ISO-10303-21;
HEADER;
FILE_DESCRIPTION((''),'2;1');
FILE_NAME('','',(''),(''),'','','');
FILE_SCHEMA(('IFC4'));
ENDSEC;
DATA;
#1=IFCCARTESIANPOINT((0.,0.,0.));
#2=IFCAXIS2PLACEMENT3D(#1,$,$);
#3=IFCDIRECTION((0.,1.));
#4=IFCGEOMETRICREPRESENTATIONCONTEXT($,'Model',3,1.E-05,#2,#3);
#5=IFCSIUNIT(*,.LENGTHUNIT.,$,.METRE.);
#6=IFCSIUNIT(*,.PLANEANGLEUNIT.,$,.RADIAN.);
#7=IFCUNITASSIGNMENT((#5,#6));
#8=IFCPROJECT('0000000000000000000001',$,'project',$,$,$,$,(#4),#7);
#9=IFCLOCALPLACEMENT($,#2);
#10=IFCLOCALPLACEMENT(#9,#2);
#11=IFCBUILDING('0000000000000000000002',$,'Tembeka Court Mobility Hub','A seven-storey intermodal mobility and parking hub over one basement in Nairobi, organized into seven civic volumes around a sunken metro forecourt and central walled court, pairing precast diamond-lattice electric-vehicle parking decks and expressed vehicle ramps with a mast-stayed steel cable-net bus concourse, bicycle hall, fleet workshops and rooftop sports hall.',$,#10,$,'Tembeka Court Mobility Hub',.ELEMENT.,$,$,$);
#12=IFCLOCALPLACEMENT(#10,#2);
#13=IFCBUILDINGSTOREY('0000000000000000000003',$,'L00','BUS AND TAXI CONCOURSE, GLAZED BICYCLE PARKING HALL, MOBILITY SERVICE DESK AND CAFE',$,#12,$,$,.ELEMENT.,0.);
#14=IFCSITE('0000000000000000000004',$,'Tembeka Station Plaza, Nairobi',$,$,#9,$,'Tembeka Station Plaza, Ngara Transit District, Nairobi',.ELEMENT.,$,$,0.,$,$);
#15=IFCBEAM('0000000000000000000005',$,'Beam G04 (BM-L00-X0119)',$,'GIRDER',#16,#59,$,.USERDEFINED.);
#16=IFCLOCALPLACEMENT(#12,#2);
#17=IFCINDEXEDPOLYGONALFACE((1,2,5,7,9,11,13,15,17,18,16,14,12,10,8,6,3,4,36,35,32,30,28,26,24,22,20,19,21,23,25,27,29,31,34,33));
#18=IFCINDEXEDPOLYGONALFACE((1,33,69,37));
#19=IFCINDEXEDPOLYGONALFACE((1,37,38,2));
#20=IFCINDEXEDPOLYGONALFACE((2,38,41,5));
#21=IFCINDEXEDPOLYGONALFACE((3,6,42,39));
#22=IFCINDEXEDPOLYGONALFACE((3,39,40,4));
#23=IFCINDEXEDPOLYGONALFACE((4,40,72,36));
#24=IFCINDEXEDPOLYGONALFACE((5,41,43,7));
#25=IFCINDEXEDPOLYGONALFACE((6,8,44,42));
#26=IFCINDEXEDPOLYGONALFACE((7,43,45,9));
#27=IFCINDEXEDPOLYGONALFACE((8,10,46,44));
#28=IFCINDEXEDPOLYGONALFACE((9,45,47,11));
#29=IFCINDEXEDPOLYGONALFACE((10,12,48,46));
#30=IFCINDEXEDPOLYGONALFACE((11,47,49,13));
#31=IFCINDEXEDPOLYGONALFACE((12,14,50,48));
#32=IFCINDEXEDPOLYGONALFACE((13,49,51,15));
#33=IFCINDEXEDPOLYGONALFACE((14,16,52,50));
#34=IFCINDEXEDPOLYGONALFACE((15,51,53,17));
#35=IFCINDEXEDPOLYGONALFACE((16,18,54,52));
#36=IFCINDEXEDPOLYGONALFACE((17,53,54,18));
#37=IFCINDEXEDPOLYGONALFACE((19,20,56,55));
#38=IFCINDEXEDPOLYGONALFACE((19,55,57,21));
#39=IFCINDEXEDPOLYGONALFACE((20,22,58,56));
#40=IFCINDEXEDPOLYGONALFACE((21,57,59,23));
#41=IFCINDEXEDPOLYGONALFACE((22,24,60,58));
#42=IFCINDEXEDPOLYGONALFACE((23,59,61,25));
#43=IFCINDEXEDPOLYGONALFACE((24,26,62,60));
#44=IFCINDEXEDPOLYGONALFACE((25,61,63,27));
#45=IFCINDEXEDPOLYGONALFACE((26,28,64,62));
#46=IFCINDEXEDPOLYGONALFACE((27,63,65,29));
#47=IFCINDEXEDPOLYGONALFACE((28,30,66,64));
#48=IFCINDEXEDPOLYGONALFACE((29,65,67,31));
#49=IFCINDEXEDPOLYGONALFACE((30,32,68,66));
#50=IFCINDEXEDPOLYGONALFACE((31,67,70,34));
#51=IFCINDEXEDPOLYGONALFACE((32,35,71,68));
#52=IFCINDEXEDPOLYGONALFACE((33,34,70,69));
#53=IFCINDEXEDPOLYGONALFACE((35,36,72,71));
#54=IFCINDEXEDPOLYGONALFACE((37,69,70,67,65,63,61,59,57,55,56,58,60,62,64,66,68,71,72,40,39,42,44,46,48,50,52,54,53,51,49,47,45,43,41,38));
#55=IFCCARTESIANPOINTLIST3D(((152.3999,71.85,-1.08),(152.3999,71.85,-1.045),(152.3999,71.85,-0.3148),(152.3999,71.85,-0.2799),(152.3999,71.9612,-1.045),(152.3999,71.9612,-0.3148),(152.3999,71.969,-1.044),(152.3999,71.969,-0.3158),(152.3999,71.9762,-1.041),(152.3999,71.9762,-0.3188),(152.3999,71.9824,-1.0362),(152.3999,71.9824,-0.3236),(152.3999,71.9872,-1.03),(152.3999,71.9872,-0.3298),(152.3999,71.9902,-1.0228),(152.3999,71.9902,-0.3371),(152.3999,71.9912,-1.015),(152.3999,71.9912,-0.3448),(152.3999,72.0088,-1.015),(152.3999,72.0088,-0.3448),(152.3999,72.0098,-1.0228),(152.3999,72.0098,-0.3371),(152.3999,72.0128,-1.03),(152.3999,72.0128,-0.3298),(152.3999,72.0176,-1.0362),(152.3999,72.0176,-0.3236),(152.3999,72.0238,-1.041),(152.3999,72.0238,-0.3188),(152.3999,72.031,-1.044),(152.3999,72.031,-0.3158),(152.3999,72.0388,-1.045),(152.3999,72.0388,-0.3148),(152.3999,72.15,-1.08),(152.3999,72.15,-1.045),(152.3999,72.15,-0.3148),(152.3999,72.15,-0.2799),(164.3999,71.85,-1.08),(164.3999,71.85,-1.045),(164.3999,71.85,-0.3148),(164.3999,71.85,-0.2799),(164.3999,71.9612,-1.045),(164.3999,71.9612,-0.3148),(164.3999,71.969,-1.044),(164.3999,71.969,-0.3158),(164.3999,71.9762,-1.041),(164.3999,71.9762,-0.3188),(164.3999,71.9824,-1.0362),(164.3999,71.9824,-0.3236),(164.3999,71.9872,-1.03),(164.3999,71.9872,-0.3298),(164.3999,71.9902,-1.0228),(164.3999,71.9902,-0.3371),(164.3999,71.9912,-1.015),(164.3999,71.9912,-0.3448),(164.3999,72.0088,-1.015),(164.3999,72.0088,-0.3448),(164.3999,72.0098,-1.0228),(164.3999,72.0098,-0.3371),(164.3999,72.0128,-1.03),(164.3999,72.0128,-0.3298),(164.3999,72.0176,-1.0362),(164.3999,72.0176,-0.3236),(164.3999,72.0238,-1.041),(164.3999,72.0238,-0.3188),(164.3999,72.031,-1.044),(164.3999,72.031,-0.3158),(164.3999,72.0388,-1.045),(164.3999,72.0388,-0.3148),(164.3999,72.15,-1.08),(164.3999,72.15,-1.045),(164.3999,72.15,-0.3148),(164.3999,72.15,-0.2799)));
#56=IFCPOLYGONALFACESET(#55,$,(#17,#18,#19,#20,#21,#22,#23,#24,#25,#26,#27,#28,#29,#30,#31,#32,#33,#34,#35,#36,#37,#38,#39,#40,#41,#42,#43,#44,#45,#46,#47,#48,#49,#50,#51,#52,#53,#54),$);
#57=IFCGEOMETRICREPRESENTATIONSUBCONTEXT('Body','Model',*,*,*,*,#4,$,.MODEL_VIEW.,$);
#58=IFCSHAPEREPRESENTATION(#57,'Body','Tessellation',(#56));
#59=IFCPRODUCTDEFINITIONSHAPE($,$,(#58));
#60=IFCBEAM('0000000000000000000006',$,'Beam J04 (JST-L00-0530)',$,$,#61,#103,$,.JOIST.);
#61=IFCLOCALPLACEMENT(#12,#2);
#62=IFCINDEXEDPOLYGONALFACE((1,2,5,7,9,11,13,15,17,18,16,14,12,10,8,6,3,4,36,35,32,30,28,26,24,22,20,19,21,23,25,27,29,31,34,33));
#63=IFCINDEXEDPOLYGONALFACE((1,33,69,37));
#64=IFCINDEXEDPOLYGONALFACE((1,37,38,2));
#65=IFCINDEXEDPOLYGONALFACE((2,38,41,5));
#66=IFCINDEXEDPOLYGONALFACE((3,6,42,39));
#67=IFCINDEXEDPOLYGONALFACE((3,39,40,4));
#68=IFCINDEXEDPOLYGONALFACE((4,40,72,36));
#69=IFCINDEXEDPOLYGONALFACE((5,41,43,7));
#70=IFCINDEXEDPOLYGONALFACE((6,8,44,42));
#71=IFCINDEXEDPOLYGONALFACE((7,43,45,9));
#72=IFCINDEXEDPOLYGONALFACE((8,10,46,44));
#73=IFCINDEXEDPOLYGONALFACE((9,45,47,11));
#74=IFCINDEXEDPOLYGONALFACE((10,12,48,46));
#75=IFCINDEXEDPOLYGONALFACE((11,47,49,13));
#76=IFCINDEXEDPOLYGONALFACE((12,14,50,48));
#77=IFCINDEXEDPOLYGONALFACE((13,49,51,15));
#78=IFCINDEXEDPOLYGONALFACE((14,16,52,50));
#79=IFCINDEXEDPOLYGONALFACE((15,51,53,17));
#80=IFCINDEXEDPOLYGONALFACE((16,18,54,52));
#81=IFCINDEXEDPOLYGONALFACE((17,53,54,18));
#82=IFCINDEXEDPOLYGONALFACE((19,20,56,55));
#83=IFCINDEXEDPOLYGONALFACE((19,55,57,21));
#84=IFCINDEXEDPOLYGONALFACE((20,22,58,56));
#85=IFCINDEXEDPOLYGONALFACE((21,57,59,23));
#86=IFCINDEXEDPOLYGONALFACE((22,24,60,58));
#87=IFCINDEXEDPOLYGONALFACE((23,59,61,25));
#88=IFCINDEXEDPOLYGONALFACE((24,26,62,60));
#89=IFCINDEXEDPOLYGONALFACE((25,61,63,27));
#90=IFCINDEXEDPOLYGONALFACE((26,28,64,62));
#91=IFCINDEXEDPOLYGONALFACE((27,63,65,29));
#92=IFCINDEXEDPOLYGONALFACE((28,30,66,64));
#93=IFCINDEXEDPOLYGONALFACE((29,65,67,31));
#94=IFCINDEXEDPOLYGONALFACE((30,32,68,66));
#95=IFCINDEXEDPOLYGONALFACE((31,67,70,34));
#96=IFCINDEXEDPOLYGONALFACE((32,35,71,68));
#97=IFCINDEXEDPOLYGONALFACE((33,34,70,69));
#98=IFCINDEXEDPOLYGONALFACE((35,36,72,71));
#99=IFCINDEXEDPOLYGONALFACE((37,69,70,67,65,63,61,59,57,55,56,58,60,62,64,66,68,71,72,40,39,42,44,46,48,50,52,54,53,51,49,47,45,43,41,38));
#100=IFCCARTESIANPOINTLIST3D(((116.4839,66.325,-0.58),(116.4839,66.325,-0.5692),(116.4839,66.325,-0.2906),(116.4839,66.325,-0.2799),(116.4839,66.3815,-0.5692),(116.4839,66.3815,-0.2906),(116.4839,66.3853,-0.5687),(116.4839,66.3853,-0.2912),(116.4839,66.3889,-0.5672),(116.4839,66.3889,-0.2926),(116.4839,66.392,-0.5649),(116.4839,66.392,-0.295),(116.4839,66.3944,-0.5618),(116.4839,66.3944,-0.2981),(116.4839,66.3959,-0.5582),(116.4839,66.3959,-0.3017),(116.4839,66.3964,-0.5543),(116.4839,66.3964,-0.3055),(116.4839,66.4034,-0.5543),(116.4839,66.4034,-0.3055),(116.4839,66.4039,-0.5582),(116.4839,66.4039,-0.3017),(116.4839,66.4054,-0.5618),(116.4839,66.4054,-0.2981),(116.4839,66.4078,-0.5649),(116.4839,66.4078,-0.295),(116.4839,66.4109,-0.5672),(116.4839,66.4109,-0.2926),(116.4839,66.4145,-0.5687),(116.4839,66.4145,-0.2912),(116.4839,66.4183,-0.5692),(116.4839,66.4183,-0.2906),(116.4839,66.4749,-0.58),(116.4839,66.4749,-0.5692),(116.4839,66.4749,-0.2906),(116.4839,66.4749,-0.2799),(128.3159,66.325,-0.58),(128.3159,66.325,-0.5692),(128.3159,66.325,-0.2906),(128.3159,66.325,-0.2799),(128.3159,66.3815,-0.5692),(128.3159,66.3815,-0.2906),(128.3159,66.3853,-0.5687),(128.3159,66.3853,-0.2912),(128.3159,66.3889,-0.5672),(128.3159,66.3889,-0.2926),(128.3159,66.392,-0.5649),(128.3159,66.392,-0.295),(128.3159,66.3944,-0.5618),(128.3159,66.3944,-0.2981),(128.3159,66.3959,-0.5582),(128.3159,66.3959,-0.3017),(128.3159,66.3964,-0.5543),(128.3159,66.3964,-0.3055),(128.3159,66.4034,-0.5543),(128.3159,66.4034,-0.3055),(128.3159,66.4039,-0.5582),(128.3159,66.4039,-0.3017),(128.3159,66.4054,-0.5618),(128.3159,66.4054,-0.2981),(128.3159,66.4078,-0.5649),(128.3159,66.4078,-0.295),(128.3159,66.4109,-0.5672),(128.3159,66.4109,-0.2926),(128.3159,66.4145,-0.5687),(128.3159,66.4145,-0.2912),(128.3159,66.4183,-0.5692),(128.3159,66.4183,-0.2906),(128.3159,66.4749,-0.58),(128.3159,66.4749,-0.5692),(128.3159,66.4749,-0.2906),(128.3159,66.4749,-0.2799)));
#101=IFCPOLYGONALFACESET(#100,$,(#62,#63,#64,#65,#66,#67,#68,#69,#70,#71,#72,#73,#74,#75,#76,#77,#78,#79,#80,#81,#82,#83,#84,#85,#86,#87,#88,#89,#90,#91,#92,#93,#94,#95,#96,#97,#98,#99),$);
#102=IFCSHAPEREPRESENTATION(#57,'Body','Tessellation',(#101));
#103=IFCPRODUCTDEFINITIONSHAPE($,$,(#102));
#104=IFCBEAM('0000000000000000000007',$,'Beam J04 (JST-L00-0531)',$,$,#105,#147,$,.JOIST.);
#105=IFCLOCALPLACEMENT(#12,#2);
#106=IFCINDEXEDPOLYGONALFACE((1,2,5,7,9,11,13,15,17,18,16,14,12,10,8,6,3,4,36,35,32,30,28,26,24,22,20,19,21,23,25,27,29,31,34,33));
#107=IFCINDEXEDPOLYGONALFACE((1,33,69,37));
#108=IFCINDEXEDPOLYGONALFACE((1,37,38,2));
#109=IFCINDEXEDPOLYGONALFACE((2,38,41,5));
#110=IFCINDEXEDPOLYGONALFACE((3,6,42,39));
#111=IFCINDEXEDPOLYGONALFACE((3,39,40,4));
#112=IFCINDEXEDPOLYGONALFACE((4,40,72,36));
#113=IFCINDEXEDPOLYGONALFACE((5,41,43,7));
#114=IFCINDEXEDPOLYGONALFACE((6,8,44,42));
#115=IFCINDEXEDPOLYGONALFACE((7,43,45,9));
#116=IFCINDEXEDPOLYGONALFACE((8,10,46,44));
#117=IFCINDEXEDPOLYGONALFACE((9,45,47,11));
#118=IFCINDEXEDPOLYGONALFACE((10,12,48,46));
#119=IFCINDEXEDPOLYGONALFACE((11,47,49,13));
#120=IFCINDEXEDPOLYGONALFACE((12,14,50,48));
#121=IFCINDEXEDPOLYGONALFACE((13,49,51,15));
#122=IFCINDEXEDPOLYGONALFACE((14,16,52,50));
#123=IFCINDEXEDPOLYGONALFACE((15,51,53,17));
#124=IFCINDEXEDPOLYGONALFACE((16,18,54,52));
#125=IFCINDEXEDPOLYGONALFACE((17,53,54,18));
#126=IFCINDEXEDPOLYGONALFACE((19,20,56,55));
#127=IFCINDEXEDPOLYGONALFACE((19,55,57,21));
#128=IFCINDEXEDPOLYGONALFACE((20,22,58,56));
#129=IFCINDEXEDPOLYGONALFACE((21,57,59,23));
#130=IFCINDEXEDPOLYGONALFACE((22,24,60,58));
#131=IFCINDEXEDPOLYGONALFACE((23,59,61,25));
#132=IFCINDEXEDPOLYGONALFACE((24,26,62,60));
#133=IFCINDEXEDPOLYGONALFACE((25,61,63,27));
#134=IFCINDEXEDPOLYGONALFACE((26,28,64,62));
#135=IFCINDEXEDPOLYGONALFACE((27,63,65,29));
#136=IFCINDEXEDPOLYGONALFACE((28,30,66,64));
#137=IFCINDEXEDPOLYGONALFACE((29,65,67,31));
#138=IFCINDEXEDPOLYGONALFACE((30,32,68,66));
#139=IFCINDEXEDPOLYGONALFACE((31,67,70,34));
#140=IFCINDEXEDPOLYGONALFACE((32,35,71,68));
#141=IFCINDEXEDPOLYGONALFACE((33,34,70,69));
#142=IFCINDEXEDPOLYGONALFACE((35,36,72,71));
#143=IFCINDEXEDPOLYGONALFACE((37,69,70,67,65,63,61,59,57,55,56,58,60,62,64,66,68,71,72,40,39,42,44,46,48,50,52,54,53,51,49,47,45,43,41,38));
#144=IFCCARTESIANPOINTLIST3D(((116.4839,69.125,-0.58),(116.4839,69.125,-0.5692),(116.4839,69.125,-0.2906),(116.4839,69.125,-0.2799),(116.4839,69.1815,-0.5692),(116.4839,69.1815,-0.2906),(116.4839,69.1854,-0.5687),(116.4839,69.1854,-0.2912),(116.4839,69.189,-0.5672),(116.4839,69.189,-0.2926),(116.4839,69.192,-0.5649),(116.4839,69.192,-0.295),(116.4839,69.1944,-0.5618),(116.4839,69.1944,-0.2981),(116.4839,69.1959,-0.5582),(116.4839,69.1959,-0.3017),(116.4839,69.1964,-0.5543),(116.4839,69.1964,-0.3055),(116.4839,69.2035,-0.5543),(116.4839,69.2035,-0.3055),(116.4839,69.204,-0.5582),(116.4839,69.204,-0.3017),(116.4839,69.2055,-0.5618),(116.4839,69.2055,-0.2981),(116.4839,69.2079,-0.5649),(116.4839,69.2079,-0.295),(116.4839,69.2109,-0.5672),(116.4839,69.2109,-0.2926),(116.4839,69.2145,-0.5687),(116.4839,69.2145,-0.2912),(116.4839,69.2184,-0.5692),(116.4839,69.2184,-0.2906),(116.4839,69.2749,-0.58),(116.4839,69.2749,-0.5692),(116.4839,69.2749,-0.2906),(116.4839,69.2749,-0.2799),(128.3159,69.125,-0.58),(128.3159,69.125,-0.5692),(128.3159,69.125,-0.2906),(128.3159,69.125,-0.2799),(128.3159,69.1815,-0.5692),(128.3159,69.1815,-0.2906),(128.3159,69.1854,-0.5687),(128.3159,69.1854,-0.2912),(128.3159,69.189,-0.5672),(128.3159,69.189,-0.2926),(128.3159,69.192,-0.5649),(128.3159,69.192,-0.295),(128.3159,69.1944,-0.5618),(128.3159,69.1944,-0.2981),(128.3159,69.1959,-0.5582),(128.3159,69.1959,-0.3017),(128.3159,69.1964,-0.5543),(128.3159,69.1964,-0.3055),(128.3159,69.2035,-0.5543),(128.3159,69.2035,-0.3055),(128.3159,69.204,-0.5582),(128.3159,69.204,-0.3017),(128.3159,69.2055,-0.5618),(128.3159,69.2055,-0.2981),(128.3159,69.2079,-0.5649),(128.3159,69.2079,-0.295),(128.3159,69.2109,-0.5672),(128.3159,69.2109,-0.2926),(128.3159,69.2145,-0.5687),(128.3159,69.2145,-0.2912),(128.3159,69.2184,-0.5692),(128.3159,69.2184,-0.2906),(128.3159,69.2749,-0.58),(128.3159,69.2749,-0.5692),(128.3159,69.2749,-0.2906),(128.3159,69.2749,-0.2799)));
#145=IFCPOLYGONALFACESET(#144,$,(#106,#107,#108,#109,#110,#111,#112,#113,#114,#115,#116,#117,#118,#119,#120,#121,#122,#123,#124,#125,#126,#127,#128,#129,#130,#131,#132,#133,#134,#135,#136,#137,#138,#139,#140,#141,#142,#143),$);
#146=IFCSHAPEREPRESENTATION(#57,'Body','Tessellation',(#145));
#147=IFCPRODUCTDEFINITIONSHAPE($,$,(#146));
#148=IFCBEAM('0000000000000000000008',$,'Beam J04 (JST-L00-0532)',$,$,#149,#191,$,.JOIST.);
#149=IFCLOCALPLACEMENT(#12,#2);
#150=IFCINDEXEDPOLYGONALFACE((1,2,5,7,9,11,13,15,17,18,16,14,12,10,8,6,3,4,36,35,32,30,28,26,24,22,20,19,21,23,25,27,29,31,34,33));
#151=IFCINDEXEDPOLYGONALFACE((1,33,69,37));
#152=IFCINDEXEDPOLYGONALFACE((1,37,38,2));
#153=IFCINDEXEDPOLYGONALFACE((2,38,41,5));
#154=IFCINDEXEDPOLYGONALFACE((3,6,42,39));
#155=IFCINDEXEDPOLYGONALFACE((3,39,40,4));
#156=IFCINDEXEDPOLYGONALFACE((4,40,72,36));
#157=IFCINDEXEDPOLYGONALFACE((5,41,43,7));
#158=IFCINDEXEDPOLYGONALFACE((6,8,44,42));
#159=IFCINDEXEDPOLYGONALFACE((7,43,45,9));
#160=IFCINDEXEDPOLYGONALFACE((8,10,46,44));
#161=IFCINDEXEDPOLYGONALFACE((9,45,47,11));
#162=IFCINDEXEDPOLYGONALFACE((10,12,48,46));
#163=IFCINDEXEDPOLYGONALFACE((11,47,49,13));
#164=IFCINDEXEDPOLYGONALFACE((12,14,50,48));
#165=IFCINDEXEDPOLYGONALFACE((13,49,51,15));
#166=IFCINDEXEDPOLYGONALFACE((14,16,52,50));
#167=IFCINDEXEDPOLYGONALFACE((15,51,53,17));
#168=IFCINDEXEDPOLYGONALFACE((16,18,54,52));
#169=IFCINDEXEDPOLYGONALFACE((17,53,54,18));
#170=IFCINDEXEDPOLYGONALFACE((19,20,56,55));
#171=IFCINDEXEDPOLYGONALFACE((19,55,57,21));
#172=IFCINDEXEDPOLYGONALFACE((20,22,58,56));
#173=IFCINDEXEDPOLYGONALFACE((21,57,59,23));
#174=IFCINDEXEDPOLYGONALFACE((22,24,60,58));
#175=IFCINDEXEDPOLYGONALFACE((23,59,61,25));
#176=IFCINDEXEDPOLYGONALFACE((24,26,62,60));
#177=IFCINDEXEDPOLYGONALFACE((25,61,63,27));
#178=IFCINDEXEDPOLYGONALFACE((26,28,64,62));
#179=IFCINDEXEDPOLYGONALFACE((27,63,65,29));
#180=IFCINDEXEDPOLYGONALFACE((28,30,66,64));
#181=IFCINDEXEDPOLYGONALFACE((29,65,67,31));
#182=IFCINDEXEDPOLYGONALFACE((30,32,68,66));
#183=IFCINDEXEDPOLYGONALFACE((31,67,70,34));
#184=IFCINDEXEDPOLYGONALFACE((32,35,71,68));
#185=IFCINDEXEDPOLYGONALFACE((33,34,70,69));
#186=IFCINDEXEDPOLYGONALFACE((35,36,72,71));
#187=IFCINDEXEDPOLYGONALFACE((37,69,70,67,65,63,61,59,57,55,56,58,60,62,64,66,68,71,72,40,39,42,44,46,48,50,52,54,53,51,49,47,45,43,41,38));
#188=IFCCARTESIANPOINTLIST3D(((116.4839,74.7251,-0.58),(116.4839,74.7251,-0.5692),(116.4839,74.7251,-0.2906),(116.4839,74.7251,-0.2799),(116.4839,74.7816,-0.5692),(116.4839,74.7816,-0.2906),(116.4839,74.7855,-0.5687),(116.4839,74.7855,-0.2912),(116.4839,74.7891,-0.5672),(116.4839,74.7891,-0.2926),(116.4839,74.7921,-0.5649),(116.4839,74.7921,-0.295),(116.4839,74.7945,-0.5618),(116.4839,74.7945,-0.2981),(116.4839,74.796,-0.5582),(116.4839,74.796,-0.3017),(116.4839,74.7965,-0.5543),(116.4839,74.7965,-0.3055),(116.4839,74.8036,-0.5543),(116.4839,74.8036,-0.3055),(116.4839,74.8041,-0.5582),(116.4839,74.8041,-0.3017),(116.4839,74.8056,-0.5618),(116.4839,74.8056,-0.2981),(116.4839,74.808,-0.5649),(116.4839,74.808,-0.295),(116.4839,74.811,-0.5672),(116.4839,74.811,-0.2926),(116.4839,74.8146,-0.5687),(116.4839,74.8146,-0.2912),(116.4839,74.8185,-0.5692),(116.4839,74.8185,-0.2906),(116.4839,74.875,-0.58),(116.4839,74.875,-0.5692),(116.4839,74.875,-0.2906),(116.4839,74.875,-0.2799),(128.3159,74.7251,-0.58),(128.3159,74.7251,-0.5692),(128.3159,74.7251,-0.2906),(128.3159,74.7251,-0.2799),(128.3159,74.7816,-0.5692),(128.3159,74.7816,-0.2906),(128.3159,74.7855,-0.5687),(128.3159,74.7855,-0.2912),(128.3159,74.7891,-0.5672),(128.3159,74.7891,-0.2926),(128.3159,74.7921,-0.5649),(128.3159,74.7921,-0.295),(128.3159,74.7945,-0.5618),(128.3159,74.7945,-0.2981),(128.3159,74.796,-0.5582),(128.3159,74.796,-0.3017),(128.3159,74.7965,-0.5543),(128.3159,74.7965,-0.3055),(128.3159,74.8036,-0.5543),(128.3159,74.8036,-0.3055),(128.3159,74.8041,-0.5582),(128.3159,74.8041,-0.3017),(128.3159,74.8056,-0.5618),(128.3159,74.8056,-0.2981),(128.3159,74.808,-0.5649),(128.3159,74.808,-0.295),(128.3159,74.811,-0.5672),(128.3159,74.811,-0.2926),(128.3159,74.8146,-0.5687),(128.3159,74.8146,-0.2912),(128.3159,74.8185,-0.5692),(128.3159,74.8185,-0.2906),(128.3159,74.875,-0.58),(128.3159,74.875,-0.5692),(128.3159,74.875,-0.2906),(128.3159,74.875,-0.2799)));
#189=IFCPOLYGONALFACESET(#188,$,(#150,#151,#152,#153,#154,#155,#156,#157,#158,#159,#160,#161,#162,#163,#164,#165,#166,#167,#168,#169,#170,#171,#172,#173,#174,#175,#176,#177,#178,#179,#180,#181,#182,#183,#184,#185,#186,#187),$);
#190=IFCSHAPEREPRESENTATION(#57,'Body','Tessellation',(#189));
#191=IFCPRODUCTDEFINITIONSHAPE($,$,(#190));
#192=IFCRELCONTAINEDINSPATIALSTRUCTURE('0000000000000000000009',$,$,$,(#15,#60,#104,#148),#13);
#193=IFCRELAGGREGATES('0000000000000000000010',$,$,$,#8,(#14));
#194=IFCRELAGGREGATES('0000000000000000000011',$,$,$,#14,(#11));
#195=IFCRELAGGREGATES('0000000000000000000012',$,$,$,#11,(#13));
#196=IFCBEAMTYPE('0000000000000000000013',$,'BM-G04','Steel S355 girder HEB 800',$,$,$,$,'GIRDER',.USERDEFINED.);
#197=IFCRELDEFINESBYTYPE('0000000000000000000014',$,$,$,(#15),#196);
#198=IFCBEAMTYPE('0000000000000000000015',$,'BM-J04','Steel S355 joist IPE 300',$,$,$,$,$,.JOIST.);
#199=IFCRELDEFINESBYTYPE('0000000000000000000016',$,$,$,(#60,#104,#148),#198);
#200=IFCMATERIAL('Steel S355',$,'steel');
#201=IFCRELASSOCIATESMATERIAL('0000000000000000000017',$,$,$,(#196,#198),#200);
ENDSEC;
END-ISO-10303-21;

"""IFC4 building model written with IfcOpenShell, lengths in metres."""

from ifc_helpers import new_model, si_unit, direction, frame, origin, origin_2d, place, context, subcontext, project, spatial, i_section, extrude, material, material_profile, profile_set, type_object, element, save


model = new_model("IFC4")

# Units and contexts
model_context = context("Model", 3, precision=1e-05, world=origin(), true_north=direction((0.0, 1.0)))
body_context = subcontext(model_context, "Body", "Model", "MODEL_VIEW")
ifc_project = project(units=[si_unit("LENGTHUNIT", "METRE"), si_unit("PLANEANGLEUNIT", "RADIAN")], contexts=[model_context])

# Site, building, storey
site_placement = place(None, origin())
site = spatial("IfcSite", under=ifc_project, at=site_placement, Name="Tembeka Station Plaza, Nairobi", LongName="Tembeka Station Plaza, Ngara Transit District, Nairobi", CompositionType="ELEMENT", RefElevation=0.0)
building_placement = place(site_placement, origin())
building = spatial("IfcBuilding", under=site, at=building_placement, Name="Tembeka Court Mobility Hub", Description="A seven-storey intermodal mobility and parking hub over one basement in Nairobi, organized into seven civic volumes around a sunken metro forecourt and central walled court, pairing precast diamond-lattice electric-vehicle parking decks and expressed vehicle ramps with a mast-stayed steel cable-net bus concourse, bicycle hall, fleet workshops and rooftop sports hall.", LongName="Tembeka Court Mobility Hub", CompositionType="ELEMENT")
storey_placement = place(building_placement, origin())
storey = spatial("IfcBuildingStorey", under=building, at=storey_placement, Name="L00", Description="BUS AND TAXI CONCOURSE, GLAZED BICYCLE PARKING HALL, MOBILITY SERVICE DESK AND CAFE", CompositionType="ELEMENT", Elevation=0.0)

# Shared definitions
ifc_material = material(Name="Steel S355", Category="steel")

# Beams
ifc_material_profile_1 = material_profile(ifc_material, i_section(OverallWidth=0.3, OverallDepth=0.8, WebThickness=0.0176, FlangeThickness=0.0349, FilletRadius=0.03, at=origin_2d()), Name="HEB 800")
ifc_profile_set_1 = profile_set([ifc_material_profile_1], Name="Steel S355")
beam_type_1 = type_object("IfcBeamType", Name="BM-G04", Description="Steel S355 girder HEB 800", ElementType="GIRDER", PredefinedType="USERDEFINED", material=ifc_profile_set_1)
for number, where, z_axis, x_axis, name in (
    (1, (152.3999, 72.0, -0.6799), (1.0, 0.0, 0.0), (0.0, 1.0, 0.0), "Beam G04 (BM-L00-X0119)"),
):
    element("IfcBeam", number, at=place(storey_placement, frame(where, z_axis=z_axis, x_axis=x_axis)), inside=storey, type_object=beam_type_1, Name=name, ObjectType="GIRDER", PredefinedType="USERDEFINED", context=body_context, shape_type="SweptSolid", body=[
        extrude(i_section(OverallWidth=0.3, OverallDepth=0.8, WebThickness=0.0176, FlangeThickness=0.0349, FilletRadius=0.03, at=origin_2d()), origin(), (0.0, 0.0, 1.0), 12.0),
    ])
ifc_material_profile_2 = material_profile(ifc_material, i_section(OverallWidth=0.1499, OverallDepth=0.3, WebThickness=0.0071, FlangeThickness=0.0107, FilletRadius=0.0149, at=origin_2d()), Name="IPE 300")
ifc_profile_set_2 = profile_set([ifc_material_profile_2], Name="Steel S355")
beam_type_2 = type_object("IfcBeamType", Name="BM-J04", Description="Steel S355 joist IPE 300", PredefinedType="JOIST", material=ifc_profile_set_2)
for number, where, z_axis, x_axis, name in (
    (2, (116.4839, 66.3999, -0.4299), (1.0, 0.0, 0.0), (0.0, 1.0, 0.0), "Beam J04 (JST-L00-0530)"),
    (3, (116.4839, 69.2, -0.4299), (1.0, 0.0, 0.0), (0.0, 1.0, 0.0), "Beam J04 (JST-L00-0531)"),
    (4, (116.4839, 74.8, -0.4299), (1.0, 0.0, 0.0), (0.0, 1.0, 0.0), "Beam J04 (JST-L00-0532)"),
):
    element("IfcBeam", number, at=place(storey_placement, frame(where, z_axis=z_axis, x_axis=x_axis)), inside=storey, type_object=beam_type_2, Name=name, PredefinedType="JOIST", context=body_context, shape_type="SweptSolid", body=[
        extrude(i_section(OverallWidth=0.1499, OverallDepth=0.3, WebThickness=0.0071, FlangeThickness=0.0107, FilletRadius=0.0149, at=origin_2d()), origin(), (0.0, 0.0, 1.0), 11.832),
    ])

save(model, "model.ifc")
